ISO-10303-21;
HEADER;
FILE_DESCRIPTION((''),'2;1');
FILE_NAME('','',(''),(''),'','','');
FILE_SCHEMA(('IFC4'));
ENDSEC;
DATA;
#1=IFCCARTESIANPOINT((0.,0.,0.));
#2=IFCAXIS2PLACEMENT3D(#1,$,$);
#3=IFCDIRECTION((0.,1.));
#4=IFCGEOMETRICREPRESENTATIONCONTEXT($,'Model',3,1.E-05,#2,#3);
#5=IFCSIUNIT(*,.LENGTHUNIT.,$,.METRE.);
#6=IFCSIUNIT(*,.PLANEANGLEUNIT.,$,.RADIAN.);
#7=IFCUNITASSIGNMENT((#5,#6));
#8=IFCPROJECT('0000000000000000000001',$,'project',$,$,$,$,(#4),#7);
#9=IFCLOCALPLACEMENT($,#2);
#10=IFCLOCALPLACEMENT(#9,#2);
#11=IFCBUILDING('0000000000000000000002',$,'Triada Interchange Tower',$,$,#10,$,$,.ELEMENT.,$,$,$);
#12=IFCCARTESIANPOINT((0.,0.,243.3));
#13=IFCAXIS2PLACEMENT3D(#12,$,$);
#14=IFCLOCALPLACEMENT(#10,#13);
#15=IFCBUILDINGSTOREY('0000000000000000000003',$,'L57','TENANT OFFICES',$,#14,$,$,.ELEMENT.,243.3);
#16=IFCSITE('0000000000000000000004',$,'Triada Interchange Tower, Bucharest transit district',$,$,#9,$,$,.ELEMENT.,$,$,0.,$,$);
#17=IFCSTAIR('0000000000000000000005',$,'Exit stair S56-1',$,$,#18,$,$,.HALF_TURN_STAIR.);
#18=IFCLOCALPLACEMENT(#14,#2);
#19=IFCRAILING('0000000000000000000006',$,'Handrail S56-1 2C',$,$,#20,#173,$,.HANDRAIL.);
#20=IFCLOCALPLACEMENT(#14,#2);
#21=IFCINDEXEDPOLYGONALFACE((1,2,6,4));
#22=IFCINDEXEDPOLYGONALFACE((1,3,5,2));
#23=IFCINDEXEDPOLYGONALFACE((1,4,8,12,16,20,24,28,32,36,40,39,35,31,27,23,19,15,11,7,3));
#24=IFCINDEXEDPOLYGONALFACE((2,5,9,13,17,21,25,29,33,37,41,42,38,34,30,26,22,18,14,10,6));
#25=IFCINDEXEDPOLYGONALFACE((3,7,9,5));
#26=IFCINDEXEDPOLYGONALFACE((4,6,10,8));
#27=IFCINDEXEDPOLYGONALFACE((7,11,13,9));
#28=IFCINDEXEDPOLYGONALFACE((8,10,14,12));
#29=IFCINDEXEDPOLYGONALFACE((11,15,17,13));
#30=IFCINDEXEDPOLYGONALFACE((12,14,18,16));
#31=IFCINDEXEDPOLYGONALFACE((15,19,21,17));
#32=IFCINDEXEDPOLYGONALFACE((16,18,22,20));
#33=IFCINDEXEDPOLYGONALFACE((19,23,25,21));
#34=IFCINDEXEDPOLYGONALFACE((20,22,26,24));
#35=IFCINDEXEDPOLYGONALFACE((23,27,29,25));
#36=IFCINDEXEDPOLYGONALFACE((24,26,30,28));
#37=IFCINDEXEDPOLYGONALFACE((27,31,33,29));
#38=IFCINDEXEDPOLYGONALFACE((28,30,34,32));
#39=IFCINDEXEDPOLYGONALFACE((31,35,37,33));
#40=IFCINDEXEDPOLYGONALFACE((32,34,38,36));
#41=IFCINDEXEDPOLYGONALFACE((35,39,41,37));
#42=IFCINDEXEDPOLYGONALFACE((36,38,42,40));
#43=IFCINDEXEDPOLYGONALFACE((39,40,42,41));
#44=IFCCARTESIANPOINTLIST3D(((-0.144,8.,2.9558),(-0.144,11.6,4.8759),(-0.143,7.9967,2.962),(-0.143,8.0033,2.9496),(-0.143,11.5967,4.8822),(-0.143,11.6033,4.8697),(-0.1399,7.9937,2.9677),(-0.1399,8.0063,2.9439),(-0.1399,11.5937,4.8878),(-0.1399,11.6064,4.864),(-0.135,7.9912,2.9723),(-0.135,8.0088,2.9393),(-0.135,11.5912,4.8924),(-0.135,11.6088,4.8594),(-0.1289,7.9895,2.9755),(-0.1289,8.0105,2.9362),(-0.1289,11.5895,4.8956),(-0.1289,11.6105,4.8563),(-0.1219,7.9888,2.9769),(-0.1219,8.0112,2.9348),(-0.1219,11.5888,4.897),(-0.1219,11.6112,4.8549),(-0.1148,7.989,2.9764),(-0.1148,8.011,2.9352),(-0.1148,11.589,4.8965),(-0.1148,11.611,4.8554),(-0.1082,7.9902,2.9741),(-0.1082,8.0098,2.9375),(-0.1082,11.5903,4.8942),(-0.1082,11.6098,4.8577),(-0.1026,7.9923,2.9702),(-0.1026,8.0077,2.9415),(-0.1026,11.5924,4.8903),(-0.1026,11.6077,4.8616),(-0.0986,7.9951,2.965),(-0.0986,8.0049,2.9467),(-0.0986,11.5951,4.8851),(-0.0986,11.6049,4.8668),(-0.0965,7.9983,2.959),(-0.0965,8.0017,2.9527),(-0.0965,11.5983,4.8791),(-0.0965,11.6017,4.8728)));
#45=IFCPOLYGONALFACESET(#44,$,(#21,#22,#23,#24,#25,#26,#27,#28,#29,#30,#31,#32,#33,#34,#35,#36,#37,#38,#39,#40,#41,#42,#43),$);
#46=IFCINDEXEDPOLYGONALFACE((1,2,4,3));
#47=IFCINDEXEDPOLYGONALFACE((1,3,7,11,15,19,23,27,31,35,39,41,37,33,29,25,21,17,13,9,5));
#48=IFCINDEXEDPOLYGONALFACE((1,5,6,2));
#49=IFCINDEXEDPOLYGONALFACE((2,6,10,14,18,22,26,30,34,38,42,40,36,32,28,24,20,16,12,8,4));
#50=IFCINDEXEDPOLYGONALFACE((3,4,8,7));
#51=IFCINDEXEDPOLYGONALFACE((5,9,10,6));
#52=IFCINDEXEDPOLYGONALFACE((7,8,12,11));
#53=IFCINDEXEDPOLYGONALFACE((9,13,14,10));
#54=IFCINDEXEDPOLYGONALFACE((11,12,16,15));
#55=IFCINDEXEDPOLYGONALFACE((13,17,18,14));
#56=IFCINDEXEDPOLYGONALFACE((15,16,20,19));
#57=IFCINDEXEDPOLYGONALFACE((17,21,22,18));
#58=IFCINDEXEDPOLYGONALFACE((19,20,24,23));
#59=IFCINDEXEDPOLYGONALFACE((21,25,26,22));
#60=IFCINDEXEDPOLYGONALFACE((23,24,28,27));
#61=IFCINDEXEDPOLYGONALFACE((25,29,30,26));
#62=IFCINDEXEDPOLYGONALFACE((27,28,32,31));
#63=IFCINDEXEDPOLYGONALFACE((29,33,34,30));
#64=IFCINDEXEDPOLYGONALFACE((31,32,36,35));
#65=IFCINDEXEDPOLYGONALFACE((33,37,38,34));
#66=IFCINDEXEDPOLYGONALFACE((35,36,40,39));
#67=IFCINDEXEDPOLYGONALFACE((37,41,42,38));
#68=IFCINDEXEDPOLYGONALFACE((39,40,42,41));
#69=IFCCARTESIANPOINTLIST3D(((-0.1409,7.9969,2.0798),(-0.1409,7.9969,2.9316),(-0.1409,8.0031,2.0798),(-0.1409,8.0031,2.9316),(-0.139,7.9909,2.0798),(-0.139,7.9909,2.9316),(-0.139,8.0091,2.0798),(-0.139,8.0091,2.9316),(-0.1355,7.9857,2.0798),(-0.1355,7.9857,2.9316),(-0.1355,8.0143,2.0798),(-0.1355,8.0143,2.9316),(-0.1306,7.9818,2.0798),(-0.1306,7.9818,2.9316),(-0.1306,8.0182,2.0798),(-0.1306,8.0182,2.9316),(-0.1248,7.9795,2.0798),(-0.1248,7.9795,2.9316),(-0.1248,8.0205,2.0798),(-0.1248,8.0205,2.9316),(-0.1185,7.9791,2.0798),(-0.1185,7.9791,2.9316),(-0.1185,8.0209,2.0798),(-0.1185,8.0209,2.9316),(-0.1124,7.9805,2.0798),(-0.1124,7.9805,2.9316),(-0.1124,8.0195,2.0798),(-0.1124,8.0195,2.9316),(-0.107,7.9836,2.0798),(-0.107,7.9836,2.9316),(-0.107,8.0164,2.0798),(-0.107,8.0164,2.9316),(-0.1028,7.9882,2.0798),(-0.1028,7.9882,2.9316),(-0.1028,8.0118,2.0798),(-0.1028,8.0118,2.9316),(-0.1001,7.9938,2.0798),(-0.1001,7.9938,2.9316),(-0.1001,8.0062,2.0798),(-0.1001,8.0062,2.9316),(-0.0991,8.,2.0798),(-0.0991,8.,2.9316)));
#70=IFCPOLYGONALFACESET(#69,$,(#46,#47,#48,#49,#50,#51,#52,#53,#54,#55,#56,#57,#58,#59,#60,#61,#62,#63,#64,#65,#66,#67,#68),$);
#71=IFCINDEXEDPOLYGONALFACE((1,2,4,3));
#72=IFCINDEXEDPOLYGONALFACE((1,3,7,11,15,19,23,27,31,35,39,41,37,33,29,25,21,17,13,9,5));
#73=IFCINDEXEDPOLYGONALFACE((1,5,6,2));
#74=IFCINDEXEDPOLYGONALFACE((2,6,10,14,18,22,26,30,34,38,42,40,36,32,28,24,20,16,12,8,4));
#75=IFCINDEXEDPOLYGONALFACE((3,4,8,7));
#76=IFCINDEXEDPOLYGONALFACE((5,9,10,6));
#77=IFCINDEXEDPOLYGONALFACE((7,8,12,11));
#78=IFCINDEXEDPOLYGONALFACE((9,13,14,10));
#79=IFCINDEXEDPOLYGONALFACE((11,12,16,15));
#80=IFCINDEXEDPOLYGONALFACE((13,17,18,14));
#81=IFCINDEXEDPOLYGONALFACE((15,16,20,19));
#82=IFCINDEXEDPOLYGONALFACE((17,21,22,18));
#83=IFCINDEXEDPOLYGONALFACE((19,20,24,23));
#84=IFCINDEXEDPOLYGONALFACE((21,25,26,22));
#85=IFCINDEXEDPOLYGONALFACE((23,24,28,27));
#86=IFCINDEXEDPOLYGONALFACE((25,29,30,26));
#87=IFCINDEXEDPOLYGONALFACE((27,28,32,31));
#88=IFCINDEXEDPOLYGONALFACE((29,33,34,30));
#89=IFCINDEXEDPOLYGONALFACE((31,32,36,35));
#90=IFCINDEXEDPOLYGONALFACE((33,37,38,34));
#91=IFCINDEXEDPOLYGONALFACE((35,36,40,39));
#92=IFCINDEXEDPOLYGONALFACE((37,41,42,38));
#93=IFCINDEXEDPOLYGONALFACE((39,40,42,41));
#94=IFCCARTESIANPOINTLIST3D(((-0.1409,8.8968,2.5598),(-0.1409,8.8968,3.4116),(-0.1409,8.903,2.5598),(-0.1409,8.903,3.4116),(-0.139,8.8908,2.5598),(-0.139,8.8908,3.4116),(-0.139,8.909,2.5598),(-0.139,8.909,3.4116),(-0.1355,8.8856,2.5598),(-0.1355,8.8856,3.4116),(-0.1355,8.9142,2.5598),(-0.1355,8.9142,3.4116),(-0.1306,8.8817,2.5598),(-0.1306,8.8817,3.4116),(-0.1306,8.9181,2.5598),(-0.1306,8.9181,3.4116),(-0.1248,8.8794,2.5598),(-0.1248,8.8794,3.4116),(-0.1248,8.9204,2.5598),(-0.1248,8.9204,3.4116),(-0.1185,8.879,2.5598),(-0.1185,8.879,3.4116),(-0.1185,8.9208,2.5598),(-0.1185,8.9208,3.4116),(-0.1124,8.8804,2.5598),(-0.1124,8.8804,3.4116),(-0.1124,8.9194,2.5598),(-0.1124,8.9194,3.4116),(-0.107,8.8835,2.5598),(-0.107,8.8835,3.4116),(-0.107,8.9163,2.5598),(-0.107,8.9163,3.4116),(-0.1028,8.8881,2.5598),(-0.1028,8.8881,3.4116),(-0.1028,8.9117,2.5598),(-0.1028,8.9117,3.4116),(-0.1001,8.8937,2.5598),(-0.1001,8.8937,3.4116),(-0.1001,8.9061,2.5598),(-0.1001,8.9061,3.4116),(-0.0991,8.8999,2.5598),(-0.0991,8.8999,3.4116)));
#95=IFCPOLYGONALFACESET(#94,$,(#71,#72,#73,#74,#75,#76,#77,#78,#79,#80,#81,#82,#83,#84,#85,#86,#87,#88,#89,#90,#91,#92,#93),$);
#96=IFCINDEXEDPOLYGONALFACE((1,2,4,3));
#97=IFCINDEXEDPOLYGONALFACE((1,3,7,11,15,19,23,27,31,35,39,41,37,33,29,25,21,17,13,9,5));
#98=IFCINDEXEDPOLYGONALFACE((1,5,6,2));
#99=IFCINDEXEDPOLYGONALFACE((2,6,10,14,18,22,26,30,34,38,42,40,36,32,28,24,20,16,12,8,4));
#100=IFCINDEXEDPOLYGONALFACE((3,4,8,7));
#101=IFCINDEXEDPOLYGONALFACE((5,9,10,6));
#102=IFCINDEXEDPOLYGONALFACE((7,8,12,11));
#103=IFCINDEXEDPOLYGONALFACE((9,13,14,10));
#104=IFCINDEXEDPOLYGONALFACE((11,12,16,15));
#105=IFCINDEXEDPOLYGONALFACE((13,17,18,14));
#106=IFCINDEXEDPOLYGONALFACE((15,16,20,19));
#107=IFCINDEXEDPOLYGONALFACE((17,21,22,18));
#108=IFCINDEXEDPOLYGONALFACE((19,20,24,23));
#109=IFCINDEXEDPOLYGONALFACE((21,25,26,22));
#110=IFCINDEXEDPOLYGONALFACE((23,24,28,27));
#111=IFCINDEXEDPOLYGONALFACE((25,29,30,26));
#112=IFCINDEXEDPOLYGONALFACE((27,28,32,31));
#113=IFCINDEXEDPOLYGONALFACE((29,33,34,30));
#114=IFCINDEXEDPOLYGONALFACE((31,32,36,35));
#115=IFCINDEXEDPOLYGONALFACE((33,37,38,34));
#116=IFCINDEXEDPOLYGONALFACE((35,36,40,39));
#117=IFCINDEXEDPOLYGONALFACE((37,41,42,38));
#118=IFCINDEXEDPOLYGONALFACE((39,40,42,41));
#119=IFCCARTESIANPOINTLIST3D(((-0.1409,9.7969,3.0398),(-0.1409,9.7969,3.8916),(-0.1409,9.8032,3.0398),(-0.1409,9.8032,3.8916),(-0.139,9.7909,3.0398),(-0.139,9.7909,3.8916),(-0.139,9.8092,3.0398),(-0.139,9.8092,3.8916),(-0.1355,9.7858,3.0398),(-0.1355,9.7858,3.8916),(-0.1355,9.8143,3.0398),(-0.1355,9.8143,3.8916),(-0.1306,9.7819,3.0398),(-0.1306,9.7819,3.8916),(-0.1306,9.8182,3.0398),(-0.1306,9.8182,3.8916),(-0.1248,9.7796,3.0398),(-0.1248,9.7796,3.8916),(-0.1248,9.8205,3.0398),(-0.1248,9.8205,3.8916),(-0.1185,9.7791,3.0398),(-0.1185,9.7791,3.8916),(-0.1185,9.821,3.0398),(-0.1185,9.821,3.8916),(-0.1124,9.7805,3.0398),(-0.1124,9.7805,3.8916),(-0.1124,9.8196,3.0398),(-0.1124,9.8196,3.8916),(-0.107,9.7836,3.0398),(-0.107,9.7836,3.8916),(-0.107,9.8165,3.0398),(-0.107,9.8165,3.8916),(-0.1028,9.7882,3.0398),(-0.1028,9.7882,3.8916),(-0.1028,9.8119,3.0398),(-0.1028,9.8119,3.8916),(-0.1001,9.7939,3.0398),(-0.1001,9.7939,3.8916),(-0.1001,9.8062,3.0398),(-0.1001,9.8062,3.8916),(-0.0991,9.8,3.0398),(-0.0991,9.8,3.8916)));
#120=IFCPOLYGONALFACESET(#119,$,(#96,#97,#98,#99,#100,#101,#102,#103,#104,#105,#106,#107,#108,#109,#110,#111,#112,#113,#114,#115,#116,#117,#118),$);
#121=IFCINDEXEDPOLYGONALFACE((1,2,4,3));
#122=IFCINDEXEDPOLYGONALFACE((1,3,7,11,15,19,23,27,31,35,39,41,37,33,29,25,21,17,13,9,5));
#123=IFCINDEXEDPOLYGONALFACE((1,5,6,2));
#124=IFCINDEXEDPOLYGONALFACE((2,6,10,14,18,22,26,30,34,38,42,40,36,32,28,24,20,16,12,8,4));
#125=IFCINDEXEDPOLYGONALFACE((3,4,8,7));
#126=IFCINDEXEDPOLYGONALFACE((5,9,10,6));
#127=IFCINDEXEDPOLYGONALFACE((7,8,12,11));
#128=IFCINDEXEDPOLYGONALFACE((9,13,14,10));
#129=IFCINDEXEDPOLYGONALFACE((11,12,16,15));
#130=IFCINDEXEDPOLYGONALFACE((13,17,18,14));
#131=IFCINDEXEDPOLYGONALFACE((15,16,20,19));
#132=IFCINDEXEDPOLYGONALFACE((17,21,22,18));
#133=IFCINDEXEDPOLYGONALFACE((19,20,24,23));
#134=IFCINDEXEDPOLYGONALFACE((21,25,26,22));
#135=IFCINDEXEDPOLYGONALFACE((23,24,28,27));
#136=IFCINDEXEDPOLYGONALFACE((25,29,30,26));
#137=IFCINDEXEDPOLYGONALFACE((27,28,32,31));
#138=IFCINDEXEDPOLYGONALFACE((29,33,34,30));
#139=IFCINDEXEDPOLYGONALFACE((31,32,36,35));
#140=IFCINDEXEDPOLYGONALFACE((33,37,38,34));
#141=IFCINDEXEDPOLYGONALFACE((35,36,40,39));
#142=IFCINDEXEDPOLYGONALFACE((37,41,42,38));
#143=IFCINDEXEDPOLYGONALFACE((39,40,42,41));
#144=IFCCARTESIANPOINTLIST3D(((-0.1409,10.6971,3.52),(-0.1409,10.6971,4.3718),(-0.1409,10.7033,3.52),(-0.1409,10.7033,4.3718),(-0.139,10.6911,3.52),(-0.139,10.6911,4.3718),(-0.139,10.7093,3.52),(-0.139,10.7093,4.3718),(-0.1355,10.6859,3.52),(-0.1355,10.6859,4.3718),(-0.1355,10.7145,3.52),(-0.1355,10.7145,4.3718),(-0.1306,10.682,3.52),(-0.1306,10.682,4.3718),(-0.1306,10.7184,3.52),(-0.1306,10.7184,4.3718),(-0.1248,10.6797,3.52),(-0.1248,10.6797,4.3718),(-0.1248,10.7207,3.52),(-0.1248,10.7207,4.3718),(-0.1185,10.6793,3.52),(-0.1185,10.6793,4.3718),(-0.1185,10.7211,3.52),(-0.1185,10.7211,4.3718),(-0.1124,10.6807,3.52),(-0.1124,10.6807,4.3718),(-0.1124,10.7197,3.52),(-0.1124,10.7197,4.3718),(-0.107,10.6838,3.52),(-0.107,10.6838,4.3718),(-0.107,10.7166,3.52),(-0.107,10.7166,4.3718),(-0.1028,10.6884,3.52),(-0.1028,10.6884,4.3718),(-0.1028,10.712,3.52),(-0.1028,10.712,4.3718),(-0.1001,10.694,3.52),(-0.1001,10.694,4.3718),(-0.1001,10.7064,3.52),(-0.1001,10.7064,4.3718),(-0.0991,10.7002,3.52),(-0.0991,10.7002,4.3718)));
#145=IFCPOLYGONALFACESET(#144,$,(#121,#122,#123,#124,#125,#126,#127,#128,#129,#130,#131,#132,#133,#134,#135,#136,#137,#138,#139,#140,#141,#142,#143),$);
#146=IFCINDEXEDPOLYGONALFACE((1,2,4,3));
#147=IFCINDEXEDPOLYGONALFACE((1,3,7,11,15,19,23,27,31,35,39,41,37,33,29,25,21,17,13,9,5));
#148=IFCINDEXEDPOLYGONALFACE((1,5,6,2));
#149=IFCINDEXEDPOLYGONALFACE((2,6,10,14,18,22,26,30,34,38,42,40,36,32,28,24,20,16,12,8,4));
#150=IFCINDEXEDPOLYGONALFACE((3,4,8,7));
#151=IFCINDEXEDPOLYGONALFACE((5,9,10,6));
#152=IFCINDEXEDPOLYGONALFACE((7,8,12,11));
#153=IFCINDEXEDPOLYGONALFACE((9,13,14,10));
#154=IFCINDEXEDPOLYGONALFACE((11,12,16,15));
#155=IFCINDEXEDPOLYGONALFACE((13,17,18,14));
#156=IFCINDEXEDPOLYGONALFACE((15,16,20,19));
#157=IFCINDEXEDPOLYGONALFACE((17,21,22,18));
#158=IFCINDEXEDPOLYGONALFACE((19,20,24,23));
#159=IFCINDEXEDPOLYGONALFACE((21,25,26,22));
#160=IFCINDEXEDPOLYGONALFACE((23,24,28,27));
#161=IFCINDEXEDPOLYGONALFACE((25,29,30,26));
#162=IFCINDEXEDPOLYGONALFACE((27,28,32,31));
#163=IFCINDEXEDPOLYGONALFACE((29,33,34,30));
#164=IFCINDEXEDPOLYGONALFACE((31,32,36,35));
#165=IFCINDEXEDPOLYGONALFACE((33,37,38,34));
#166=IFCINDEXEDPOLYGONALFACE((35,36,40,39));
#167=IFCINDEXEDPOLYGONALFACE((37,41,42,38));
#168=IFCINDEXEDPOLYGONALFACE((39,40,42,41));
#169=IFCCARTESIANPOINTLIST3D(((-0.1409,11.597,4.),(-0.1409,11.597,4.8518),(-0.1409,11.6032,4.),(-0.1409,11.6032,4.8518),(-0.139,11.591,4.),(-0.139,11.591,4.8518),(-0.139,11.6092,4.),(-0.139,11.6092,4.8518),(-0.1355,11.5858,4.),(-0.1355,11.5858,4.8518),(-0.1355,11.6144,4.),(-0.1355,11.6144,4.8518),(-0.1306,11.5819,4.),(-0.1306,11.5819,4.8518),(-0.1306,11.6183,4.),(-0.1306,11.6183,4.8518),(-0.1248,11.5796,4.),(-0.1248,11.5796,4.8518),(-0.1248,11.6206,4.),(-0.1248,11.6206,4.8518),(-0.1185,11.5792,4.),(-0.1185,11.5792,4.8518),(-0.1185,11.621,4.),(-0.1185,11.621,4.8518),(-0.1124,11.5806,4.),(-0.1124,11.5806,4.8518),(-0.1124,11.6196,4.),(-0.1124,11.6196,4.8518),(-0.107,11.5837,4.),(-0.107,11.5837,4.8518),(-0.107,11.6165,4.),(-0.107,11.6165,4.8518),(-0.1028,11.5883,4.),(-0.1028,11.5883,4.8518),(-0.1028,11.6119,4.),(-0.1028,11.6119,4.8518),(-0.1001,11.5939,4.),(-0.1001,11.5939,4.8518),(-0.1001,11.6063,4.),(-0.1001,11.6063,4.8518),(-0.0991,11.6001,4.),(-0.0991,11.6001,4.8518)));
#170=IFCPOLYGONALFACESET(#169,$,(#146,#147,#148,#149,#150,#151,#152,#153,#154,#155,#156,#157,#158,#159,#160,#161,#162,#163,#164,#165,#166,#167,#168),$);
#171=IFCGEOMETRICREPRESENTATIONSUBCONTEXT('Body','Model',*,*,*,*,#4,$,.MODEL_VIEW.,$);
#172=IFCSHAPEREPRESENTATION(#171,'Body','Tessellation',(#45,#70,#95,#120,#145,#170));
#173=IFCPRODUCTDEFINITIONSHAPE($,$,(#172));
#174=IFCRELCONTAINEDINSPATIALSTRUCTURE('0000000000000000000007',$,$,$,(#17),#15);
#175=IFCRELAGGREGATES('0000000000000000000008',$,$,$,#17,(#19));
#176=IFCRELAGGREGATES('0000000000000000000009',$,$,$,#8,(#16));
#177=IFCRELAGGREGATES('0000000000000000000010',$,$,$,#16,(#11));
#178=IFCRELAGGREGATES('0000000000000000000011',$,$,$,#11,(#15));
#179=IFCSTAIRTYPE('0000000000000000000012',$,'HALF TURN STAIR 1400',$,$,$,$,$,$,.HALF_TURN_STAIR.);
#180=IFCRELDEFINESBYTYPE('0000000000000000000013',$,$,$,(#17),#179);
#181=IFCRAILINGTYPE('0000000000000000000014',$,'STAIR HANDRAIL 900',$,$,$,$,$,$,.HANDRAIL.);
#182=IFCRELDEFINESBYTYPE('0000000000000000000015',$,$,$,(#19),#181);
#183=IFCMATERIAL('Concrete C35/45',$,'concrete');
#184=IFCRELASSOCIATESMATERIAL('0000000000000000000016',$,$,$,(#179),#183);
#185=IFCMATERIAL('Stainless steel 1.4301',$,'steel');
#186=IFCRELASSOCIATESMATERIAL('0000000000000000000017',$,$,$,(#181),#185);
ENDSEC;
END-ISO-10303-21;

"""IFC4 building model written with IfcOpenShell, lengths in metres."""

from ifc_helpers import new_model, si_unit, direction, frame, origin, origin_2d, place, context, subcontext, project, spatial, circle, extrude, material, type_object, element, aggregate, save


model = new_model("IFC4")

# Units and contexts
model_context = context("Model", 3, precision=1e-05, world=origin(), true_north=direction((0.0, 1.0)))
body_context = subcontext(model_context, "Body", "Model", "MODEL_VIEW")
ifc_project = project(units=[si_unit("LENGTHUNIT", "METRE"), si_unit("PLANEANGLEUNIT", "RADIAN")], contexts=[model_context])

# Site, building, storey
site_placement = place(None, origin())
site = spatial("IfcSite", under=ifc_project, at=site_placement, Name="Triada Interchange Tower, Bucharest transit district", CompositionType="ELEMENT", RefElevation=0.0)
building_placement = place(site_placement, origin())
building = spatial("IfcBuilding", under=site, at=building_placement, Name="Triada Interchange Tower", CompositionType="ELEMENT")
storey_placement = place(building_placement, frame((0.0, 0.0, 243.3)))
storey = spatial("IfcBuildingStorey", under=building, at=storey_placement, Name="L57", Description="TENANT OFFICES", CompositionType="ELEMENT", Elevation=243.3)

# Stair, railing
ifc_material_1 = material(Name="Concrete C35/45", Category="concrete")
stair_type = type_object("IfcStairType", Name="HALF TURN STAIR 1400", PredefinedType="HALF_TURN_STAIR", material=ifc_material_1)
stair_placement = place(storey_placement, origin())
stair = element("IfcStair", 1, at=stair_placement, inside=storey, type_object=stair_type, Name="Exit stair S56-1", PredefinedType="HALF_TURN_STAIR")
ifc_material_2 = material(Name="Stainless steel 1.4301", Category="steel")
railing_type = type_object("IfcRailingType", Name="STAIR HANDRAIL 900", PredefinedType="HANDRAIL", material=ifc_material_2)
railing_1_placement = place(storey_placement, frame((-0.1201, 8.0, 2.0798)))
railing_1 = element("IfcRailing", 2, at=railing_1_placement, type_object=railing_type, Name="Handrail S56-1 2C", PredefinedType="HANDRAIL", context=body_context, shape_type="SweptSolid", body=[
    extrude(circle(Radius=0.0239, at=origin_2d()), frame((0.0, 0.0, 0.876), z_axis=(0.0, 0.882341, 0.47061), x_axis=(-1.0, 0.0, 0.0)), (0.0, 0.0, 1.0), 4.0801),
    extrude(circle(Radius=0.021, at=origin_2d()), origin(), (0.0, 0.0, 1.0), 0.8518),
    extrude(circle(Radius=0.021, at=origin_2d()), frame((0.0, 0.8999, 0.48)), (0.0, 0.0, 1.0), 0.8518),
    extrude(circle(Radius=0.021, at=origin_2d()), frame((0.0, 1.8, 0.96)), (0.0, 0.0, 1.0), 0.8518),
    extrude(circle(Radius=0.021, at=origin_2d()), frame((0.0, 2.7002, 1.4402)), (0.0, 0.0, 1.0), 0.8518),
    extrude(circle(Radius=0.021, at=origin_2d()), frame((0.0, 3.6001, 1.9202)), (0.0, 0.0, 1.0), 0.8518),
])
aggregate(stair, [railing_1])

save(model, "model.ifc")
